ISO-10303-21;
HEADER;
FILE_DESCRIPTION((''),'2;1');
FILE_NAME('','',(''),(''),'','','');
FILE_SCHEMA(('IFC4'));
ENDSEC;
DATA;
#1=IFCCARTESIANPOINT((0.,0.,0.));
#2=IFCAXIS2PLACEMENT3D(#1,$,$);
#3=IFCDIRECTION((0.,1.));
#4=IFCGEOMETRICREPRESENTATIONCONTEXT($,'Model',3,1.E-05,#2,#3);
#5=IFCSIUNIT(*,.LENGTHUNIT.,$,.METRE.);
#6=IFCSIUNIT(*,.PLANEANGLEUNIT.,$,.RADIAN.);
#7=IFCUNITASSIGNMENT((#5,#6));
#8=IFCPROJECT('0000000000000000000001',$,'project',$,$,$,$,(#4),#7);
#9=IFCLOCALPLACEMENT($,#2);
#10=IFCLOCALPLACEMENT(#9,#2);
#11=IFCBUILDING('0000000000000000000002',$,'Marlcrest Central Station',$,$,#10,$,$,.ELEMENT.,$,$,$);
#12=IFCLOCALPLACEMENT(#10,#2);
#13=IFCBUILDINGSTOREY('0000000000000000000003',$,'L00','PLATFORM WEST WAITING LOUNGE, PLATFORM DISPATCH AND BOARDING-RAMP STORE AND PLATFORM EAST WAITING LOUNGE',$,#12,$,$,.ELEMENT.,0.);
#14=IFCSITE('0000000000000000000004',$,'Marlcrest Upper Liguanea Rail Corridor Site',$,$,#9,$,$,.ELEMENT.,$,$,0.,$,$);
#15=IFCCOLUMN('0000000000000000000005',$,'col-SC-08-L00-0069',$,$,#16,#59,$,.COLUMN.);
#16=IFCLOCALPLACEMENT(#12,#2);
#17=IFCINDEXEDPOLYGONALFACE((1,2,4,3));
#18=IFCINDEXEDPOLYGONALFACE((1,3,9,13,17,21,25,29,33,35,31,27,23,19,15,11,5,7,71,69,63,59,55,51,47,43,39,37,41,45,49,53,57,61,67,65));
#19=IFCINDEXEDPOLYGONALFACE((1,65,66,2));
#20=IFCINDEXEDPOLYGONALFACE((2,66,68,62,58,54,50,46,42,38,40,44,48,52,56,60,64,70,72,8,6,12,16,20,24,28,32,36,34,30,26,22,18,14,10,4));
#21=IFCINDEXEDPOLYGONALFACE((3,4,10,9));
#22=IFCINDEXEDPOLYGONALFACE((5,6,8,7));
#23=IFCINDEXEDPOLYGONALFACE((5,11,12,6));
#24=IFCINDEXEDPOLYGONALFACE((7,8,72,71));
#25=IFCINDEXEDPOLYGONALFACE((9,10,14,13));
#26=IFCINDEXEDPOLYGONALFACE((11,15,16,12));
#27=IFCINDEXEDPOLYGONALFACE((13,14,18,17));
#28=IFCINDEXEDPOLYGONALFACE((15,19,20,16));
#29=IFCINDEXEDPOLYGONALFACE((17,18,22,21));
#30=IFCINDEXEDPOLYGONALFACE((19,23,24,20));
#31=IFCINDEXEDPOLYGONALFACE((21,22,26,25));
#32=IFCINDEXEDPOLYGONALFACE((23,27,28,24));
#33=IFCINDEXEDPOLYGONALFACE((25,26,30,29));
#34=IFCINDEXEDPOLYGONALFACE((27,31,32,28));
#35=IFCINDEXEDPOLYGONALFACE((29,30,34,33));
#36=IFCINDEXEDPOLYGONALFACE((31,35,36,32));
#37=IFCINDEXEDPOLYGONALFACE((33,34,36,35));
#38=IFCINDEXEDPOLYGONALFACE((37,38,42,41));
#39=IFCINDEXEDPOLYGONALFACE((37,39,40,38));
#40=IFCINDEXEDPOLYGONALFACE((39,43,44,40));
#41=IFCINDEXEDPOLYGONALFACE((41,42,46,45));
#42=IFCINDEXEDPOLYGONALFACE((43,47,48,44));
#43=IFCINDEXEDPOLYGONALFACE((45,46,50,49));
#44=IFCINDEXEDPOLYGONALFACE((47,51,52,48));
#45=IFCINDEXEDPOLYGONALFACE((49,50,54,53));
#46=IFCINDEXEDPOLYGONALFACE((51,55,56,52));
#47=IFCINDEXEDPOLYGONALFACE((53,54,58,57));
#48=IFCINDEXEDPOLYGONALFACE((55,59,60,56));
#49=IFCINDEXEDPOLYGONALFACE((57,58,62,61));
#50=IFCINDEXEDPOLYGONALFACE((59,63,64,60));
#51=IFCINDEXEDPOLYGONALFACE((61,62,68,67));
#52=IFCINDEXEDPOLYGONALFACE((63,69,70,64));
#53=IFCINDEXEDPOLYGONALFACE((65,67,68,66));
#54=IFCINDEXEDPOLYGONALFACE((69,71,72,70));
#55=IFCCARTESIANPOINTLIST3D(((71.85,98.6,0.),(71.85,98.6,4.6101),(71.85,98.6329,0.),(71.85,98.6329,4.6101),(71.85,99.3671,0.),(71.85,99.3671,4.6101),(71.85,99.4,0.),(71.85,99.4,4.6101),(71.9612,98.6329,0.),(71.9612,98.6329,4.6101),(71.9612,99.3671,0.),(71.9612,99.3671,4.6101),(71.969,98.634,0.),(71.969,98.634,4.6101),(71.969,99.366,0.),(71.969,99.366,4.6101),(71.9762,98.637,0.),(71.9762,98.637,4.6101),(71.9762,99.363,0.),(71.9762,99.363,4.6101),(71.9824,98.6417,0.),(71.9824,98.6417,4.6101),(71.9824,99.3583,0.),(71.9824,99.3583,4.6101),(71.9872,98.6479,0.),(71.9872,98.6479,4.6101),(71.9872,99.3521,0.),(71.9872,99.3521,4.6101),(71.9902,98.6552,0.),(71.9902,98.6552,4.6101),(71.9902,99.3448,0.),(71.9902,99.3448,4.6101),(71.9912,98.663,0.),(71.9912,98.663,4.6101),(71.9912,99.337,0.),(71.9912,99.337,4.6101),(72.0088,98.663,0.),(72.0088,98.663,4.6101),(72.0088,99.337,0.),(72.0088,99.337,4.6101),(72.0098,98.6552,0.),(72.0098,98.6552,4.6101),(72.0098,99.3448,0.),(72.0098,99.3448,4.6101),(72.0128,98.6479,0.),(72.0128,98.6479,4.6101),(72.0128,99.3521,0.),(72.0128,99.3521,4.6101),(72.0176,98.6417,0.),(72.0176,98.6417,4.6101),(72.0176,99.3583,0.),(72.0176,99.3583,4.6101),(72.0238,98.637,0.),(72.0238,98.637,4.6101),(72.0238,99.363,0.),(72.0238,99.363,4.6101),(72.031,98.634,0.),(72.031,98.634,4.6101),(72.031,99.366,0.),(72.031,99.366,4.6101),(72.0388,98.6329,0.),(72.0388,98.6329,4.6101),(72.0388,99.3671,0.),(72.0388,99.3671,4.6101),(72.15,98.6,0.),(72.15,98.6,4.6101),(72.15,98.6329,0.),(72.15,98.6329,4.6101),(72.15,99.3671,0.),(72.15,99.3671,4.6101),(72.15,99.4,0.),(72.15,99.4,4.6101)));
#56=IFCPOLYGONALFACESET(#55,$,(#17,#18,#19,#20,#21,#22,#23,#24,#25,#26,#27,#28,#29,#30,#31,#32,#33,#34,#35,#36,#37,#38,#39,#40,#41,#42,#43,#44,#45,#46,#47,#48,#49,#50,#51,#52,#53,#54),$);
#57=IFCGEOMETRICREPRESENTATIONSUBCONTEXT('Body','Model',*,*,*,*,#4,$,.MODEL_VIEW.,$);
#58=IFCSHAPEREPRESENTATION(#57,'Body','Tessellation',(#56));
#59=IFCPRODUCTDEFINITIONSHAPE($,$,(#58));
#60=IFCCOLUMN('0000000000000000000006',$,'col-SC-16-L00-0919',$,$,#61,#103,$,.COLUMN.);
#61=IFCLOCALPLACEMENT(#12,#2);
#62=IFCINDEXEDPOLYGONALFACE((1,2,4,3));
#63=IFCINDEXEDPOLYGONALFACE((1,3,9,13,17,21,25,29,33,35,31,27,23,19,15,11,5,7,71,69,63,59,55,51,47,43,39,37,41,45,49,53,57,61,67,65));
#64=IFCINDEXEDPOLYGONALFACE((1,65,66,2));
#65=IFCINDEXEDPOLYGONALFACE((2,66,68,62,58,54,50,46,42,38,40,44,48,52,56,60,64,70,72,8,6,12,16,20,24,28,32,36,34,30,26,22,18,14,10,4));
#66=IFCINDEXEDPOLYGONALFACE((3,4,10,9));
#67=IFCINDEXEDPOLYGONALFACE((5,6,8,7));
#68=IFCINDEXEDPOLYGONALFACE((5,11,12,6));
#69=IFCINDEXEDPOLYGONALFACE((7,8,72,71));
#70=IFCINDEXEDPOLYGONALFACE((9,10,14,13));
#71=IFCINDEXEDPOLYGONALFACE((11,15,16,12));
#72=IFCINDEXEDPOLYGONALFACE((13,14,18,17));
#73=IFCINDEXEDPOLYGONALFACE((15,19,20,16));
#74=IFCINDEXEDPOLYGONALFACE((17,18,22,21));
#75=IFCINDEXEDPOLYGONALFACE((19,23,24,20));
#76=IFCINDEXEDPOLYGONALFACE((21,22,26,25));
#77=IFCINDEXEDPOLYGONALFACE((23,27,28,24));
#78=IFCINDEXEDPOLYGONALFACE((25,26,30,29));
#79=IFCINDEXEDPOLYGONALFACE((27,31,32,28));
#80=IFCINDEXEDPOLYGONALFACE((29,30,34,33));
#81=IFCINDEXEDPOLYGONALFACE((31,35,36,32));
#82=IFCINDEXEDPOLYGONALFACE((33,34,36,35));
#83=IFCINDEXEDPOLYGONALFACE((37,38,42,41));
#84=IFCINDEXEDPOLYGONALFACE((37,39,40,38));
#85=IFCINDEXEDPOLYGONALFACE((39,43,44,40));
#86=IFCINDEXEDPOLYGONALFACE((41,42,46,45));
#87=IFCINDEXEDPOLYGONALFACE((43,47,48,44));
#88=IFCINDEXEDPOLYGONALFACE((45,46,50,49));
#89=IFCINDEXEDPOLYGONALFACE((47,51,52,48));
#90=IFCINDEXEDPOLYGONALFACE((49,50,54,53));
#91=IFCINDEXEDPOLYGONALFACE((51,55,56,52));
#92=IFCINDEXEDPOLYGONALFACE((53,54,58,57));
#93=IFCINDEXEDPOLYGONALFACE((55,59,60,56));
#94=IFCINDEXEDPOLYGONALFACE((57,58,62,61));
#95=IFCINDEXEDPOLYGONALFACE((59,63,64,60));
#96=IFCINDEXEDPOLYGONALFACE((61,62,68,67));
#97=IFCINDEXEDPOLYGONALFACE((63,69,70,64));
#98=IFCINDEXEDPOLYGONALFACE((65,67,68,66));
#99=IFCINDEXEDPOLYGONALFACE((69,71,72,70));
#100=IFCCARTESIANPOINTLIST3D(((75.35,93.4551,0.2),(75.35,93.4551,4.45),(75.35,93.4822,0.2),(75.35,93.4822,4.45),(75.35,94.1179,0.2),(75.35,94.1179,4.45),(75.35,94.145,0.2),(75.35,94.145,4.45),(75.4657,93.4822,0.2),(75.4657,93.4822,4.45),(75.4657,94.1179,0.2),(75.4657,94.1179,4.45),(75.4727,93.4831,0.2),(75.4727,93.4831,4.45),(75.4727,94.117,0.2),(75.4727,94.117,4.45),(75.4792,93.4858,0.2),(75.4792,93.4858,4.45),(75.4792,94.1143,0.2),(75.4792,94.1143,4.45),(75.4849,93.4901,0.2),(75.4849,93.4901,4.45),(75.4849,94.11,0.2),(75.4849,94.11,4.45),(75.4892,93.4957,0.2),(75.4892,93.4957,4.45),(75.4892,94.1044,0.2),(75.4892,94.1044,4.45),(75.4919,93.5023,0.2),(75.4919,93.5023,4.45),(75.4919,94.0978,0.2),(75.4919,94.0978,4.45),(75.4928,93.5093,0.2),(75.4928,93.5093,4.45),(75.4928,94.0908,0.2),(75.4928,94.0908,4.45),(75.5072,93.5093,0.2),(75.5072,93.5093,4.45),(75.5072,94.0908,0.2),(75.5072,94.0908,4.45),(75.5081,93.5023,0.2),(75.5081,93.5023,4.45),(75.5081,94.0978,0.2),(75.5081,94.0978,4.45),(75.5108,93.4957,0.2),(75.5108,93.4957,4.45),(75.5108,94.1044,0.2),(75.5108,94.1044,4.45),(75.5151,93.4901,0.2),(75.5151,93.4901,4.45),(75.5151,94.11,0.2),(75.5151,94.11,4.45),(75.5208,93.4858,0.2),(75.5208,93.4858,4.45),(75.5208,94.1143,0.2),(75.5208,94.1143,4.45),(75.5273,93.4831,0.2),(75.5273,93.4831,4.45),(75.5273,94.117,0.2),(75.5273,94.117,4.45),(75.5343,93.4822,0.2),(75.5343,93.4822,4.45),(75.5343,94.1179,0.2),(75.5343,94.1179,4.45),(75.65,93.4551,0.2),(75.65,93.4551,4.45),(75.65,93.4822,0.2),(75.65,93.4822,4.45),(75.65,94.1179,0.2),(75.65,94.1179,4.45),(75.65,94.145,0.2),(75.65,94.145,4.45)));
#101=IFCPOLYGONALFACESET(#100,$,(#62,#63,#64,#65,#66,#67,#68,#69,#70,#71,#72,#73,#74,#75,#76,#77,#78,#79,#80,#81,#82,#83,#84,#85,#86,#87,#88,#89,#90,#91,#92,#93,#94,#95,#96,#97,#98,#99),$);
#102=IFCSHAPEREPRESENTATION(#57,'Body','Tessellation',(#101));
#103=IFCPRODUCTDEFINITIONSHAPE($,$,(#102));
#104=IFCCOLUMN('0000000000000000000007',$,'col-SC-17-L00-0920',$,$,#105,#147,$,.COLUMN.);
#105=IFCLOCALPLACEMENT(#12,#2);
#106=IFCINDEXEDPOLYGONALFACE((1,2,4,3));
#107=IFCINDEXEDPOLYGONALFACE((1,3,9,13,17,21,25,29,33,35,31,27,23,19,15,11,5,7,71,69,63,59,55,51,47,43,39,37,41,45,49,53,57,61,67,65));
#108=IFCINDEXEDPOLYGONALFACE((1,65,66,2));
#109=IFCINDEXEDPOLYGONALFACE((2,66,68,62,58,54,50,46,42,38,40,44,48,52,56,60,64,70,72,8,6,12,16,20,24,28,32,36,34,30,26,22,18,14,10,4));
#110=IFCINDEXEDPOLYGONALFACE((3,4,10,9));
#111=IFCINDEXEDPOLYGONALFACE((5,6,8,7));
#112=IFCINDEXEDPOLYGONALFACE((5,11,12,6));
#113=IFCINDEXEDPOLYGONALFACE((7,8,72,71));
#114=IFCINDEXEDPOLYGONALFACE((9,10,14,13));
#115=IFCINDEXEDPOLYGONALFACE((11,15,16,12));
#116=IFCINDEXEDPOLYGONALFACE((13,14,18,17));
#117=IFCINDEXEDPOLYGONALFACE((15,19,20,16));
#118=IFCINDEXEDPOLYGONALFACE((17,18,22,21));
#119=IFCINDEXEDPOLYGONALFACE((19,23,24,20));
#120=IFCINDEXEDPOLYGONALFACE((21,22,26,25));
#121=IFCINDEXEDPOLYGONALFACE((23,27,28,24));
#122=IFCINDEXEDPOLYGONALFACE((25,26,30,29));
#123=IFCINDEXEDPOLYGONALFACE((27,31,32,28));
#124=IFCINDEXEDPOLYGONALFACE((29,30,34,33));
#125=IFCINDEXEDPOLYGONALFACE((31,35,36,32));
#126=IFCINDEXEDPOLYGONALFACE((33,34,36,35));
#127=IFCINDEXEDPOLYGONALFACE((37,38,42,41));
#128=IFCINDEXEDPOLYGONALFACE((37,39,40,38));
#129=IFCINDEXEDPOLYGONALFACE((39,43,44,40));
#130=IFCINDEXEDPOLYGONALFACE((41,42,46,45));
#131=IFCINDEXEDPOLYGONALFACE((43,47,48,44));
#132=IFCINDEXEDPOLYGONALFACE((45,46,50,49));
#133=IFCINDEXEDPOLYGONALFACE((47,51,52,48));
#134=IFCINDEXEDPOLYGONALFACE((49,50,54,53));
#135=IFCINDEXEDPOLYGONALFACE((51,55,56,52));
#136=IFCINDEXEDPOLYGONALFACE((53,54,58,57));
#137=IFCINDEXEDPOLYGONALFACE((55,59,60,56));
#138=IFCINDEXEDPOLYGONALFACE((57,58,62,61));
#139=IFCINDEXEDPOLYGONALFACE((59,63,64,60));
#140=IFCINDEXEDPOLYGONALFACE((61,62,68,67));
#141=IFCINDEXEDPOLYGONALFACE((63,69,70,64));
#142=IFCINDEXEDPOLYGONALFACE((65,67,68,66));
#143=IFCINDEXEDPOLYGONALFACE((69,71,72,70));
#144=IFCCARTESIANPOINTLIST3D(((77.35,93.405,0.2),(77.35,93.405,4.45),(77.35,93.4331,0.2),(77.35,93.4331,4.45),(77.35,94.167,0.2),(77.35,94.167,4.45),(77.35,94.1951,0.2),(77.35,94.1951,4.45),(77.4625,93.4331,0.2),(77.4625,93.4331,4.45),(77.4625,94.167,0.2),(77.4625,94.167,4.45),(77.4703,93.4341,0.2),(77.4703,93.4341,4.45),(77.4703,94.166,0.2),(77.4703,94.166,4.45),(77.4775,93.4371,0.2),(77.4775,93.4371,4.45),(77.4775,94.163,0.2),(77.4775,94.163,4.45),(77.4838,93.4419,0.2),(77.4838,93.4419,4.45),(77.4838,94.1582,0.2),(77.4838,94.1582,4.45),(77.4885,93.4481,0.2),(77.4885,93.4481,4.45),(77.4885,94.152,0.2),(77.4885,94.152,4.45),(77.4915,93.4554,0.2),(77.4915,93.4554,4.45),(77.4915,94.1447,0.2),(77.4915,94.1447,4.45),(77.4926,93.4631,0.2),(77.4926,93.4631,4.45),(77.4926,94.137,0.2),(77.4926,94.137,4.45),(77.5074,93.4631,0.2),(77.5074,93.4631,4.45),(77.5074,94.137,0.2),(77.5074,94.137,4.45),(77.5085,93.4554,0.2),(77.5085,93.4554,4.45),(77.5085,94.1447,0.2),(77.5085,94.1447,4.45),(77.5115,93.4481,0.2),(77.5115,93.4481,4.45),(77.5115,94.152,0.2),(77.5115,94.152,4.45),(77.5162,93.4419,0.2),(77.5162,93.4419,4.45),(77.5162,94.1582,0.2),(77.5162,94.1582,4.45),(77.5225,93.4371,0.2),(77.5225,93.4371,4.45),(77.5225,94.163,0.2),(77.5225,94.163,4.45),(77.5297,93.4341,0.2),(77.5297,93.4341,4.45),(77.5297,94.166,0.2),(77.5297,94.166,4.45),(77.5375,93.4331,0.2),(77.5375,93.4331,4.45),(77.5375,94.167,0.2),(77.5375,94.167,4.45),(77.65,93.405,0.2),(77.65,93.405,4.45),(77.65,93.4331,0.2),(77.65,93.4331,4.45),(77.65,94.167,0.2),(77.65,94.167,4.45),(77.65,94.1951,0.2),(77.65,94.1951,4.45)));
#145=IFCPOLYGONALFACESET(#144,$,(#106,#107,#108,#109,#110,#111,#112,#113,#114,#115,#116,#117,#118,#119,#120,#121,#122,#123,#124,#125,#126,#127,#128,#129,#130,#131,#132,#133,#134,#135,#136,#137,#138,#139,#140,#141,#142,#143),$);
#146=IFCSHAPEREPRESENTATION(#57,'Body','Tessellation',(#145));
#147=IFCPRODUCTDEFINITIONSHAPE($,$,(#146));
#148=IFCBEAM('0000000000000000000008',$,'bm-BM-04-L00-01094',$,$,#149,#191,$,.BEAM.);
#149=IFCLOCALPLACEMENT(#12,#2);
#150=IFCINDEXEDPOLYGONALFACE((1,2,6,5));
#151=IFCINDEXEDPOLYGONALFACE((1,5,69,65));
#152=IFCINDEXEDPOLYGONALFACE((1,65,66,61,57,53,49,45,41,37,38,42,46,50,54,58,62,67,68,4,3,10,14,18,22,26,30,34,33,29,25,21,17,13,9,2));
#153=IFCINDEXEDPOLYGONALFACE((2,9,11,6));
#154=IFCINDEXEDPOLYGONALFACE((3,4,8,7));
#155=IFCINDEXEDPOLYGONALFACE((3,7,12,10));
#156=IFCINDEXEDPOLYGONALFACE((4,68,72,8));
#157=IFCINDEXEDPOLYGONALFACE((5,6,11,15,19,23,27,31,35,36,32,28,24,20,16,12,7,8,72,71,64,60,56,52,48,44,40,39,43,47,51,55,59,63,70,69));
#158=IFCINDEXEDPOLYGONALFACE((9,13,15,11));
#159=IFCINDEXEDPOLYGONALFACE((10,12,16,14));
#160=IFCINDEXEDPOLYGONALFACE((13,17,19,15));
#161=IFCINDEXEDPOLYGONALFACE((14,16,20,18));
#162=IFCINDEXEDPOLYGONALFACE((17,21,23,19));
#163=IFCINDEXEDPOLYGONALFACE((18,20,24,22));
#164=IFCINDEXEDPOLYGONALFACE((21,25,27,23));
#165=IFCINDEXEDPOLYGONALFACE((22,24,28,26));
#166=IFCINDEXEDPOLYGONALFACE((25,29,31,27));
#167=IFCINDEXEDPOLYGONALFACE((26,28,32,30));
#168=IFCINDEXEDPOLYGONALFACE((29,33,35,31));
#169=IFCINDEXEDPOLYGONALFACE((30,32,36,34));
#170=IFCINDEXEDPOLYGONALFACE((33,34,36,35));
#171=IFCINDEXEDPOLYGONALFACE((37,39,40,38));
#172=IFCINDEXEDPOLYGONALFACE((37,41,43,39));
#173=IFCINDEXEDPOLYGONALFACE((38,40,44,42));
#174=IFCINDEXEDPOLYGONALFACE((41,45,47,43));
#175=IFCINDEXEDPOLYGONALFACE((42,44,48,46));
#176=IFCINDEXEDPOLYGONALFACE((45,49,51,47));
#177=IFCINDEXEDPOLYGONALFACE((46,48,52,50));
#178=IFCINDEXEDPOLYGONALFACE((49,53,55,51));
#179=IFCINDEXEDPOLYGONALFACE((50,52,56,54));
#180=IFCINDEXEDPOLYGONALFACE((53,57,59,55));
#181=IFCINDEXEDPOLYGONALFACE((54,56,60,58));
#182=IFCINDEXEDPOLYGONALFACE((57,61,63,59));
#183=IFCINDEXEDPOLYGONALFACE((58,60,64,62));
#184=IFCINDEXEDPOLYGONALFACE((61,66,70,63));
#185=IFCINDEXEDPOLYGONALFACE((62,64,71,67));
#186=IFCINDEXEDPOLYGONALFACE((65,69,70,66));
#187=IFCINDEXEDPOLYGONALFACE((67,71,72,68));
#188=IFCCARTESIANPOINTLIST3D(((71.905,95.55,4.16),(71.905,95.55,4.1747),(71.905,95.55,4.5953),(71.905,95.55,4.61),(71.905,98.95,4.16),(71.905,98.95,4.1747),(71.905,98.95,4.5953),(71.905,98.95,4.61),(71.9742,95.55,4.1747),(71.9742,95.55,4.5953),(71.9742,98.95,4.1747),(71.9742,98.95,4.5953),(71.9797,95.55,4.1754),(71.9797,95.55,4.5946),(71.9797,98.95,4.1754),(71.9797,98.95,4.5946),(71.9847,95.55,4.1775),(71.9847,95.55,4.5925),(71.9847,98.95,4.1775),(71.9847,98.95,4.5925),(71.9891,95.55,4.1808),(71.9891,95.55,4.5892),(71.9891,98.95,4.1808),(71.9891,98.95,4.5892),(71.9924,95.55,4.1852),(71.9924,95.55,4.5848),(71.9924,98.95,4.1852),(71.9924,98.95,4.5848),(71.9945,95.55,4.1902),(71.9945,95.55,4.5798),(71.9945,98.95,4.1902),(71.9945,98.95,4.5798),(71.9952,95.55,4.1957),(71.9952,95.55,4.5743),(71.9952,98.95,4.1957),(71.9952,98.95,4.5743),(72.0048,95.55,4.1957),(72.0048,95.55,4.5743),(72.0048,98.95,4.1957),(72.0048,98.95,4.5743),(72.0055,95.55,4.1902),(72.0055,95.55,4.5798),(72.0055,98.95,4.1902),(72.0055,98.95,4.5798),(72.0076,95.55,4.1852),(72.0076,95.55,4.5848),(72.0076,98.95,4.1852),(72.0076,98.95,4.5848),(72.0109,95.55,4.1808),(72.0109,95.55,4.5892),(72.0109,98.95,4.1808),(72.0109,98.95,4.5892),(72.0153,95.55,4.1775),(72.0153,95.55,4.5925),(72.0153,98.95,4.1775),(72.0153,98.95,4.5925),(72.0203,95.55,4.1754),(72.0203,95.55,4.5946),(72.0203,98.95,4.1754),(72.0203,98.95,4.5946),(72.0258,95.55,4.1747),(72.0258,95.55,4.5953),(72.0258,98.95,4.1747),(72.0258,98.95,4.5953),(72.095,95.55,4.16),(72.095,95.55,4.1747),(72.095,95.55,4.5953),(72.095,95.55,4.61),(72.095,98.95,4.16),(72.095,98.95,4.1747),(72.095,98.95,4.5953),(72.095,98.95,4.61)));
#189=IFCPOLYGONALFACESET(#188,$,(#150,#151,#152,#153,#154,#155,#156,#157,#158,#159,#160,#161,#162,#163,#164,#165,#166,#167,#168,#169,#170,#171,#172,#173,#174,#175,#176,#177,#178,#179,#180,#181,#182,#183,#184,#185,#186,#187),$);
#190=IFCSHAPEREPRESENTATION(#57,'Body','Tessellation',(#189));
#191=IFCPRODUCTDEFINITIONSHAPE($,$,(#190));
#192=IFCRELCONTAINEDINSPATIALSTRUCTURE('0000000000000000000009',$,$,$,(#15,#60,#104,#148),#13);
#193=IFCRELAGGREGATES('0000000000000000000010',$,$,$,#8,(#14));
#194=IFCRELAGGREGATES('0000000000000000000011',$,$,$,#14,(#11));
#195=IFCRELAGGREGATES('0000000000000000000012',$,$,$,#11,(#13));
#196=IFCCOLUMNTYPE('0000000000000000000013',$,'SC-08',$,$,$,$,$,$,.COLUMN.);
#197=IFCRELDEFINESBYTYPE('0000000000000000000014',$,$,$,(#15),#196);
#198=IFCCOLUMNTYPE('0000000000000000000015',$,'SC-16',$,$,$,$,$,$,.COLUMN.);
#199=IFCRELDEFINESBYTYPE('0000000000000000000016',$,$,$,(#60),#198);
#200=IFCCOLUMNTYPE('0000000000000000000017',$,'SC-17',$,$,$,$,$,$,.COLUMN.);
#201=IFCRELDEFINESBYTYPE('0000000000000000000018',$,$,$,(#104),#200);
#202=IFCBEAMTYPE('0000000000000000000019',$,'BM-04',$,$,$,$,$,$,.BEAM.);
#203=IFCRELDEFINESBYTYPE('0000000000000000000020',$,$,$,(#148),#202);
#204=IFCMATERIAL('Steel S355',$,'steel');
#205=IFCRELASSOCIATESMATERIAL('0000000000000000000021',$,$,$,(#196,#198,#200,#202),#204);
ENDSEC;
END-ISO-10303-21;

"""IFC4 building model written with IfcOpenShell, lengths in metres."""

from ifc_helpers import new_model, si_unit, direction, frame, origin, origin_2d, place, context, subcontext, project, spatial, i_section, extrude, material, material_profile, profile_set, type_object, element, save


model = new_model("IFC4")

# Units and contexts
model_context = context("Model", 3, precision=1e-05, world=origin(), true_north=direction((0.0, 1.0)))
body_context = subcontext(model_context, "Body", "Model", "MODEL_VIEW")
ifc_project = project(units=[si_unit("LENGTHUNIT", "METRE"), si_unit("PLANEANGLEUNIT", "RADIAN")], contexts=[model_context])

# Site, building, storey
site_placement = place(None, origin())
site = spatial("IfcSite", under=ifc_project, at=site_placement, Name="Marlcrest Upper Liguanea Rail Corridor Site", CompositionType="ELEMENT", RefElevation=0.0)
building_placement = place(site_placement, origin())
building = spatial("IfcBuilding", under=site, at=building_placement, Name="Marlcrest Central Station", CompositionType="ELEMENT")
storey_placement = place(building_placement, origin())
storey = spatial("IfcBuildingStorey", under=building, at=storey_placement, Name="L00", Description="PLATFORM WEST WAITING LOUNGE, PLATFORM DISPATCH AND BOARDING-RAMP STORE AND PLATFORM EAST WAITING LOUNGE", CompositionType="ELEMENT", Elevation=0.0)

# Columns
ifc_material_1 = material(Name="Steel S355", Category="steel")
ifc_material_profile_1 = material_profile(ifc_material_1, i_section(OverallWidth=0.3, OverallDepth=0.8, WebThickness=0.0176, FlangeThickness=0.033, FilletRadius=0.03, at=origin_2d()), Name="HEB 800")
ifc_profile_set_1 = profile_set([ifc_material_profile_1], Name="Steel S355")
column_type_1 = type_object("IfcColumnType", Name="SC-08", PredefinedType="COLUMN", material=ifc_profile_set_1)
column_1_placement = place(storey_placement, frame((72.0, 99.0, 0.0), z_axis=(0.0, 0.0, 1.0), x_axis=(1.0, 0.0, 0.0)))
element("IfcColumn", 1, at=column_1_placement, inside=storey, type_object=column_type_1, Name="col-SC-08-L00-0069", PredefinedType="COLUMN", context=body_context, shape_type="SweptSolid", body=[
    extrude(i_section(OverallWidth=0.3, OverallDepth=0.8, WebThickness=0.0176, FlangeThickness=0.033, FilletRadius=0.03, at=origin_2d()), origin(), (0.0, 0.0, 1.0), 4.6101),
])
ifc_material_profile_2 = material_profile(ifc_material_1, i_section(OverallWidth=0.3, OverallDepth=0.6899, WebThickness=0.0144, FlangeThickness=0.0271, FilletRadius=0.0271, at=origin_2d()), Name="HEA 700")
ifc_profile_set_2 = profile_set([ifc_material_profile_2], Name="Steel S355")
column_type_2 = type_object("IfcColumnType", Name="SC-16", PredefinedType="COLUMN", material=ifc_profile_set_2)
column_2_placement = place(storey_placement, frame((75.5, 93.8, 0.2), z_axis=(0.0, 0.0, 1.0), x_axis=(1.0, 0.0, 0.0)))
element("IfcColumn", 2, at=column_2_placement, inside=storey, type_object=column_type_2, Name="col-SC-16-L00-0919", PredefinedType="COLUMN", context=body_context, shape_type="SweptSolid", body=[
    extrude(i_section(OverallWidth=0.3, OverallDepth=0.6899, WebThickness=0.0144, FlangeThickness=0.0271, FilletRadius=0.0271, at=origin_2d()), origin(), (0.0, 0.0, 1.0), 4.25),
])
ifc_material_profile_3 = material_profile(ifc_material_1, i_section(OverallWidth=0.3, OverallDepth=0.79, WebThickness=0.0149, FlangeThickness=0.0281, FilletRadius=0.03, at=origin_2d()), Name="HEA 800")
ifc_profile_set_3 = profile_set([ifc_material_profile_3], Name="Steel S355")
column_type_3 = type_object("IfcColumnType", Name="SC-17", PredefinedType="COLUMN", material=ifc_profile_set_3)
column_3_placement = place(storey_placement, frame((77.5, 93.8, 0.2), z_axis=(0.0, 0.0, 1.0), x_axis=(1.0, 0.0, 0.0)))
element("IfcColumn", 3, at=column_3_placement, inside=storey, type_object=column_type_3, Name="col-SC-17-L00-0920", PredefinedType="COLUMN", context=body_context, shape_type="SweptSolid", body=[
    extrude(i_section(OverallWidth=0.3, OverallDepth=0.79, WebThickness=0.0149, FlangeThickness=0.0281, FilletRadius=0.03, at=origin_2d()), origin(), (0.0, 0.0, 1.0), 4.25),
])

# Beam
ifc_material_profile_4 = material_profile(ifc_material_1, i_section(OverallWidth=0.1899, OverallDepth=0.45, WebThickness=0.0095, FlangeThickness=0.0146, FilletRadius=0.021, at=origin_2d()), Name="IPE 450")
ifc_profile_set_4 = profile_set([ifc_material_profile_4], Name="Steel S355")
beam_type_1 = type_object("IfcBeamType", Name="BM-04", PredefinedType="BEAM", material=ifc_profile_set_4)
beam_1_placement = place(storey_placement, frame((72.0, 95.55, 4.385), z_axis=(0.0, 1.0, 0.0), x_axis=(-1.0, 0.0, 0.0)))
element("IfcBeam", 4, at=beam_1_placement, inside=storey, type_object=beam_type_1, Name="bm-BM-04-L00-01094", PredefinedType="BEAM", context=body_context, shape_type="SweptSolid", body=[
    extrude(i_section(OverallWidth=0.1899, OverallDepth=0.45, WebThickness=0.0095, FlangeThickness=0.0146, FilletRadius=0.021, at=origin_2d()), origin(), (0.0, 0.0, 1.0), 3.3999),
])

save(model, "model.ifc")
